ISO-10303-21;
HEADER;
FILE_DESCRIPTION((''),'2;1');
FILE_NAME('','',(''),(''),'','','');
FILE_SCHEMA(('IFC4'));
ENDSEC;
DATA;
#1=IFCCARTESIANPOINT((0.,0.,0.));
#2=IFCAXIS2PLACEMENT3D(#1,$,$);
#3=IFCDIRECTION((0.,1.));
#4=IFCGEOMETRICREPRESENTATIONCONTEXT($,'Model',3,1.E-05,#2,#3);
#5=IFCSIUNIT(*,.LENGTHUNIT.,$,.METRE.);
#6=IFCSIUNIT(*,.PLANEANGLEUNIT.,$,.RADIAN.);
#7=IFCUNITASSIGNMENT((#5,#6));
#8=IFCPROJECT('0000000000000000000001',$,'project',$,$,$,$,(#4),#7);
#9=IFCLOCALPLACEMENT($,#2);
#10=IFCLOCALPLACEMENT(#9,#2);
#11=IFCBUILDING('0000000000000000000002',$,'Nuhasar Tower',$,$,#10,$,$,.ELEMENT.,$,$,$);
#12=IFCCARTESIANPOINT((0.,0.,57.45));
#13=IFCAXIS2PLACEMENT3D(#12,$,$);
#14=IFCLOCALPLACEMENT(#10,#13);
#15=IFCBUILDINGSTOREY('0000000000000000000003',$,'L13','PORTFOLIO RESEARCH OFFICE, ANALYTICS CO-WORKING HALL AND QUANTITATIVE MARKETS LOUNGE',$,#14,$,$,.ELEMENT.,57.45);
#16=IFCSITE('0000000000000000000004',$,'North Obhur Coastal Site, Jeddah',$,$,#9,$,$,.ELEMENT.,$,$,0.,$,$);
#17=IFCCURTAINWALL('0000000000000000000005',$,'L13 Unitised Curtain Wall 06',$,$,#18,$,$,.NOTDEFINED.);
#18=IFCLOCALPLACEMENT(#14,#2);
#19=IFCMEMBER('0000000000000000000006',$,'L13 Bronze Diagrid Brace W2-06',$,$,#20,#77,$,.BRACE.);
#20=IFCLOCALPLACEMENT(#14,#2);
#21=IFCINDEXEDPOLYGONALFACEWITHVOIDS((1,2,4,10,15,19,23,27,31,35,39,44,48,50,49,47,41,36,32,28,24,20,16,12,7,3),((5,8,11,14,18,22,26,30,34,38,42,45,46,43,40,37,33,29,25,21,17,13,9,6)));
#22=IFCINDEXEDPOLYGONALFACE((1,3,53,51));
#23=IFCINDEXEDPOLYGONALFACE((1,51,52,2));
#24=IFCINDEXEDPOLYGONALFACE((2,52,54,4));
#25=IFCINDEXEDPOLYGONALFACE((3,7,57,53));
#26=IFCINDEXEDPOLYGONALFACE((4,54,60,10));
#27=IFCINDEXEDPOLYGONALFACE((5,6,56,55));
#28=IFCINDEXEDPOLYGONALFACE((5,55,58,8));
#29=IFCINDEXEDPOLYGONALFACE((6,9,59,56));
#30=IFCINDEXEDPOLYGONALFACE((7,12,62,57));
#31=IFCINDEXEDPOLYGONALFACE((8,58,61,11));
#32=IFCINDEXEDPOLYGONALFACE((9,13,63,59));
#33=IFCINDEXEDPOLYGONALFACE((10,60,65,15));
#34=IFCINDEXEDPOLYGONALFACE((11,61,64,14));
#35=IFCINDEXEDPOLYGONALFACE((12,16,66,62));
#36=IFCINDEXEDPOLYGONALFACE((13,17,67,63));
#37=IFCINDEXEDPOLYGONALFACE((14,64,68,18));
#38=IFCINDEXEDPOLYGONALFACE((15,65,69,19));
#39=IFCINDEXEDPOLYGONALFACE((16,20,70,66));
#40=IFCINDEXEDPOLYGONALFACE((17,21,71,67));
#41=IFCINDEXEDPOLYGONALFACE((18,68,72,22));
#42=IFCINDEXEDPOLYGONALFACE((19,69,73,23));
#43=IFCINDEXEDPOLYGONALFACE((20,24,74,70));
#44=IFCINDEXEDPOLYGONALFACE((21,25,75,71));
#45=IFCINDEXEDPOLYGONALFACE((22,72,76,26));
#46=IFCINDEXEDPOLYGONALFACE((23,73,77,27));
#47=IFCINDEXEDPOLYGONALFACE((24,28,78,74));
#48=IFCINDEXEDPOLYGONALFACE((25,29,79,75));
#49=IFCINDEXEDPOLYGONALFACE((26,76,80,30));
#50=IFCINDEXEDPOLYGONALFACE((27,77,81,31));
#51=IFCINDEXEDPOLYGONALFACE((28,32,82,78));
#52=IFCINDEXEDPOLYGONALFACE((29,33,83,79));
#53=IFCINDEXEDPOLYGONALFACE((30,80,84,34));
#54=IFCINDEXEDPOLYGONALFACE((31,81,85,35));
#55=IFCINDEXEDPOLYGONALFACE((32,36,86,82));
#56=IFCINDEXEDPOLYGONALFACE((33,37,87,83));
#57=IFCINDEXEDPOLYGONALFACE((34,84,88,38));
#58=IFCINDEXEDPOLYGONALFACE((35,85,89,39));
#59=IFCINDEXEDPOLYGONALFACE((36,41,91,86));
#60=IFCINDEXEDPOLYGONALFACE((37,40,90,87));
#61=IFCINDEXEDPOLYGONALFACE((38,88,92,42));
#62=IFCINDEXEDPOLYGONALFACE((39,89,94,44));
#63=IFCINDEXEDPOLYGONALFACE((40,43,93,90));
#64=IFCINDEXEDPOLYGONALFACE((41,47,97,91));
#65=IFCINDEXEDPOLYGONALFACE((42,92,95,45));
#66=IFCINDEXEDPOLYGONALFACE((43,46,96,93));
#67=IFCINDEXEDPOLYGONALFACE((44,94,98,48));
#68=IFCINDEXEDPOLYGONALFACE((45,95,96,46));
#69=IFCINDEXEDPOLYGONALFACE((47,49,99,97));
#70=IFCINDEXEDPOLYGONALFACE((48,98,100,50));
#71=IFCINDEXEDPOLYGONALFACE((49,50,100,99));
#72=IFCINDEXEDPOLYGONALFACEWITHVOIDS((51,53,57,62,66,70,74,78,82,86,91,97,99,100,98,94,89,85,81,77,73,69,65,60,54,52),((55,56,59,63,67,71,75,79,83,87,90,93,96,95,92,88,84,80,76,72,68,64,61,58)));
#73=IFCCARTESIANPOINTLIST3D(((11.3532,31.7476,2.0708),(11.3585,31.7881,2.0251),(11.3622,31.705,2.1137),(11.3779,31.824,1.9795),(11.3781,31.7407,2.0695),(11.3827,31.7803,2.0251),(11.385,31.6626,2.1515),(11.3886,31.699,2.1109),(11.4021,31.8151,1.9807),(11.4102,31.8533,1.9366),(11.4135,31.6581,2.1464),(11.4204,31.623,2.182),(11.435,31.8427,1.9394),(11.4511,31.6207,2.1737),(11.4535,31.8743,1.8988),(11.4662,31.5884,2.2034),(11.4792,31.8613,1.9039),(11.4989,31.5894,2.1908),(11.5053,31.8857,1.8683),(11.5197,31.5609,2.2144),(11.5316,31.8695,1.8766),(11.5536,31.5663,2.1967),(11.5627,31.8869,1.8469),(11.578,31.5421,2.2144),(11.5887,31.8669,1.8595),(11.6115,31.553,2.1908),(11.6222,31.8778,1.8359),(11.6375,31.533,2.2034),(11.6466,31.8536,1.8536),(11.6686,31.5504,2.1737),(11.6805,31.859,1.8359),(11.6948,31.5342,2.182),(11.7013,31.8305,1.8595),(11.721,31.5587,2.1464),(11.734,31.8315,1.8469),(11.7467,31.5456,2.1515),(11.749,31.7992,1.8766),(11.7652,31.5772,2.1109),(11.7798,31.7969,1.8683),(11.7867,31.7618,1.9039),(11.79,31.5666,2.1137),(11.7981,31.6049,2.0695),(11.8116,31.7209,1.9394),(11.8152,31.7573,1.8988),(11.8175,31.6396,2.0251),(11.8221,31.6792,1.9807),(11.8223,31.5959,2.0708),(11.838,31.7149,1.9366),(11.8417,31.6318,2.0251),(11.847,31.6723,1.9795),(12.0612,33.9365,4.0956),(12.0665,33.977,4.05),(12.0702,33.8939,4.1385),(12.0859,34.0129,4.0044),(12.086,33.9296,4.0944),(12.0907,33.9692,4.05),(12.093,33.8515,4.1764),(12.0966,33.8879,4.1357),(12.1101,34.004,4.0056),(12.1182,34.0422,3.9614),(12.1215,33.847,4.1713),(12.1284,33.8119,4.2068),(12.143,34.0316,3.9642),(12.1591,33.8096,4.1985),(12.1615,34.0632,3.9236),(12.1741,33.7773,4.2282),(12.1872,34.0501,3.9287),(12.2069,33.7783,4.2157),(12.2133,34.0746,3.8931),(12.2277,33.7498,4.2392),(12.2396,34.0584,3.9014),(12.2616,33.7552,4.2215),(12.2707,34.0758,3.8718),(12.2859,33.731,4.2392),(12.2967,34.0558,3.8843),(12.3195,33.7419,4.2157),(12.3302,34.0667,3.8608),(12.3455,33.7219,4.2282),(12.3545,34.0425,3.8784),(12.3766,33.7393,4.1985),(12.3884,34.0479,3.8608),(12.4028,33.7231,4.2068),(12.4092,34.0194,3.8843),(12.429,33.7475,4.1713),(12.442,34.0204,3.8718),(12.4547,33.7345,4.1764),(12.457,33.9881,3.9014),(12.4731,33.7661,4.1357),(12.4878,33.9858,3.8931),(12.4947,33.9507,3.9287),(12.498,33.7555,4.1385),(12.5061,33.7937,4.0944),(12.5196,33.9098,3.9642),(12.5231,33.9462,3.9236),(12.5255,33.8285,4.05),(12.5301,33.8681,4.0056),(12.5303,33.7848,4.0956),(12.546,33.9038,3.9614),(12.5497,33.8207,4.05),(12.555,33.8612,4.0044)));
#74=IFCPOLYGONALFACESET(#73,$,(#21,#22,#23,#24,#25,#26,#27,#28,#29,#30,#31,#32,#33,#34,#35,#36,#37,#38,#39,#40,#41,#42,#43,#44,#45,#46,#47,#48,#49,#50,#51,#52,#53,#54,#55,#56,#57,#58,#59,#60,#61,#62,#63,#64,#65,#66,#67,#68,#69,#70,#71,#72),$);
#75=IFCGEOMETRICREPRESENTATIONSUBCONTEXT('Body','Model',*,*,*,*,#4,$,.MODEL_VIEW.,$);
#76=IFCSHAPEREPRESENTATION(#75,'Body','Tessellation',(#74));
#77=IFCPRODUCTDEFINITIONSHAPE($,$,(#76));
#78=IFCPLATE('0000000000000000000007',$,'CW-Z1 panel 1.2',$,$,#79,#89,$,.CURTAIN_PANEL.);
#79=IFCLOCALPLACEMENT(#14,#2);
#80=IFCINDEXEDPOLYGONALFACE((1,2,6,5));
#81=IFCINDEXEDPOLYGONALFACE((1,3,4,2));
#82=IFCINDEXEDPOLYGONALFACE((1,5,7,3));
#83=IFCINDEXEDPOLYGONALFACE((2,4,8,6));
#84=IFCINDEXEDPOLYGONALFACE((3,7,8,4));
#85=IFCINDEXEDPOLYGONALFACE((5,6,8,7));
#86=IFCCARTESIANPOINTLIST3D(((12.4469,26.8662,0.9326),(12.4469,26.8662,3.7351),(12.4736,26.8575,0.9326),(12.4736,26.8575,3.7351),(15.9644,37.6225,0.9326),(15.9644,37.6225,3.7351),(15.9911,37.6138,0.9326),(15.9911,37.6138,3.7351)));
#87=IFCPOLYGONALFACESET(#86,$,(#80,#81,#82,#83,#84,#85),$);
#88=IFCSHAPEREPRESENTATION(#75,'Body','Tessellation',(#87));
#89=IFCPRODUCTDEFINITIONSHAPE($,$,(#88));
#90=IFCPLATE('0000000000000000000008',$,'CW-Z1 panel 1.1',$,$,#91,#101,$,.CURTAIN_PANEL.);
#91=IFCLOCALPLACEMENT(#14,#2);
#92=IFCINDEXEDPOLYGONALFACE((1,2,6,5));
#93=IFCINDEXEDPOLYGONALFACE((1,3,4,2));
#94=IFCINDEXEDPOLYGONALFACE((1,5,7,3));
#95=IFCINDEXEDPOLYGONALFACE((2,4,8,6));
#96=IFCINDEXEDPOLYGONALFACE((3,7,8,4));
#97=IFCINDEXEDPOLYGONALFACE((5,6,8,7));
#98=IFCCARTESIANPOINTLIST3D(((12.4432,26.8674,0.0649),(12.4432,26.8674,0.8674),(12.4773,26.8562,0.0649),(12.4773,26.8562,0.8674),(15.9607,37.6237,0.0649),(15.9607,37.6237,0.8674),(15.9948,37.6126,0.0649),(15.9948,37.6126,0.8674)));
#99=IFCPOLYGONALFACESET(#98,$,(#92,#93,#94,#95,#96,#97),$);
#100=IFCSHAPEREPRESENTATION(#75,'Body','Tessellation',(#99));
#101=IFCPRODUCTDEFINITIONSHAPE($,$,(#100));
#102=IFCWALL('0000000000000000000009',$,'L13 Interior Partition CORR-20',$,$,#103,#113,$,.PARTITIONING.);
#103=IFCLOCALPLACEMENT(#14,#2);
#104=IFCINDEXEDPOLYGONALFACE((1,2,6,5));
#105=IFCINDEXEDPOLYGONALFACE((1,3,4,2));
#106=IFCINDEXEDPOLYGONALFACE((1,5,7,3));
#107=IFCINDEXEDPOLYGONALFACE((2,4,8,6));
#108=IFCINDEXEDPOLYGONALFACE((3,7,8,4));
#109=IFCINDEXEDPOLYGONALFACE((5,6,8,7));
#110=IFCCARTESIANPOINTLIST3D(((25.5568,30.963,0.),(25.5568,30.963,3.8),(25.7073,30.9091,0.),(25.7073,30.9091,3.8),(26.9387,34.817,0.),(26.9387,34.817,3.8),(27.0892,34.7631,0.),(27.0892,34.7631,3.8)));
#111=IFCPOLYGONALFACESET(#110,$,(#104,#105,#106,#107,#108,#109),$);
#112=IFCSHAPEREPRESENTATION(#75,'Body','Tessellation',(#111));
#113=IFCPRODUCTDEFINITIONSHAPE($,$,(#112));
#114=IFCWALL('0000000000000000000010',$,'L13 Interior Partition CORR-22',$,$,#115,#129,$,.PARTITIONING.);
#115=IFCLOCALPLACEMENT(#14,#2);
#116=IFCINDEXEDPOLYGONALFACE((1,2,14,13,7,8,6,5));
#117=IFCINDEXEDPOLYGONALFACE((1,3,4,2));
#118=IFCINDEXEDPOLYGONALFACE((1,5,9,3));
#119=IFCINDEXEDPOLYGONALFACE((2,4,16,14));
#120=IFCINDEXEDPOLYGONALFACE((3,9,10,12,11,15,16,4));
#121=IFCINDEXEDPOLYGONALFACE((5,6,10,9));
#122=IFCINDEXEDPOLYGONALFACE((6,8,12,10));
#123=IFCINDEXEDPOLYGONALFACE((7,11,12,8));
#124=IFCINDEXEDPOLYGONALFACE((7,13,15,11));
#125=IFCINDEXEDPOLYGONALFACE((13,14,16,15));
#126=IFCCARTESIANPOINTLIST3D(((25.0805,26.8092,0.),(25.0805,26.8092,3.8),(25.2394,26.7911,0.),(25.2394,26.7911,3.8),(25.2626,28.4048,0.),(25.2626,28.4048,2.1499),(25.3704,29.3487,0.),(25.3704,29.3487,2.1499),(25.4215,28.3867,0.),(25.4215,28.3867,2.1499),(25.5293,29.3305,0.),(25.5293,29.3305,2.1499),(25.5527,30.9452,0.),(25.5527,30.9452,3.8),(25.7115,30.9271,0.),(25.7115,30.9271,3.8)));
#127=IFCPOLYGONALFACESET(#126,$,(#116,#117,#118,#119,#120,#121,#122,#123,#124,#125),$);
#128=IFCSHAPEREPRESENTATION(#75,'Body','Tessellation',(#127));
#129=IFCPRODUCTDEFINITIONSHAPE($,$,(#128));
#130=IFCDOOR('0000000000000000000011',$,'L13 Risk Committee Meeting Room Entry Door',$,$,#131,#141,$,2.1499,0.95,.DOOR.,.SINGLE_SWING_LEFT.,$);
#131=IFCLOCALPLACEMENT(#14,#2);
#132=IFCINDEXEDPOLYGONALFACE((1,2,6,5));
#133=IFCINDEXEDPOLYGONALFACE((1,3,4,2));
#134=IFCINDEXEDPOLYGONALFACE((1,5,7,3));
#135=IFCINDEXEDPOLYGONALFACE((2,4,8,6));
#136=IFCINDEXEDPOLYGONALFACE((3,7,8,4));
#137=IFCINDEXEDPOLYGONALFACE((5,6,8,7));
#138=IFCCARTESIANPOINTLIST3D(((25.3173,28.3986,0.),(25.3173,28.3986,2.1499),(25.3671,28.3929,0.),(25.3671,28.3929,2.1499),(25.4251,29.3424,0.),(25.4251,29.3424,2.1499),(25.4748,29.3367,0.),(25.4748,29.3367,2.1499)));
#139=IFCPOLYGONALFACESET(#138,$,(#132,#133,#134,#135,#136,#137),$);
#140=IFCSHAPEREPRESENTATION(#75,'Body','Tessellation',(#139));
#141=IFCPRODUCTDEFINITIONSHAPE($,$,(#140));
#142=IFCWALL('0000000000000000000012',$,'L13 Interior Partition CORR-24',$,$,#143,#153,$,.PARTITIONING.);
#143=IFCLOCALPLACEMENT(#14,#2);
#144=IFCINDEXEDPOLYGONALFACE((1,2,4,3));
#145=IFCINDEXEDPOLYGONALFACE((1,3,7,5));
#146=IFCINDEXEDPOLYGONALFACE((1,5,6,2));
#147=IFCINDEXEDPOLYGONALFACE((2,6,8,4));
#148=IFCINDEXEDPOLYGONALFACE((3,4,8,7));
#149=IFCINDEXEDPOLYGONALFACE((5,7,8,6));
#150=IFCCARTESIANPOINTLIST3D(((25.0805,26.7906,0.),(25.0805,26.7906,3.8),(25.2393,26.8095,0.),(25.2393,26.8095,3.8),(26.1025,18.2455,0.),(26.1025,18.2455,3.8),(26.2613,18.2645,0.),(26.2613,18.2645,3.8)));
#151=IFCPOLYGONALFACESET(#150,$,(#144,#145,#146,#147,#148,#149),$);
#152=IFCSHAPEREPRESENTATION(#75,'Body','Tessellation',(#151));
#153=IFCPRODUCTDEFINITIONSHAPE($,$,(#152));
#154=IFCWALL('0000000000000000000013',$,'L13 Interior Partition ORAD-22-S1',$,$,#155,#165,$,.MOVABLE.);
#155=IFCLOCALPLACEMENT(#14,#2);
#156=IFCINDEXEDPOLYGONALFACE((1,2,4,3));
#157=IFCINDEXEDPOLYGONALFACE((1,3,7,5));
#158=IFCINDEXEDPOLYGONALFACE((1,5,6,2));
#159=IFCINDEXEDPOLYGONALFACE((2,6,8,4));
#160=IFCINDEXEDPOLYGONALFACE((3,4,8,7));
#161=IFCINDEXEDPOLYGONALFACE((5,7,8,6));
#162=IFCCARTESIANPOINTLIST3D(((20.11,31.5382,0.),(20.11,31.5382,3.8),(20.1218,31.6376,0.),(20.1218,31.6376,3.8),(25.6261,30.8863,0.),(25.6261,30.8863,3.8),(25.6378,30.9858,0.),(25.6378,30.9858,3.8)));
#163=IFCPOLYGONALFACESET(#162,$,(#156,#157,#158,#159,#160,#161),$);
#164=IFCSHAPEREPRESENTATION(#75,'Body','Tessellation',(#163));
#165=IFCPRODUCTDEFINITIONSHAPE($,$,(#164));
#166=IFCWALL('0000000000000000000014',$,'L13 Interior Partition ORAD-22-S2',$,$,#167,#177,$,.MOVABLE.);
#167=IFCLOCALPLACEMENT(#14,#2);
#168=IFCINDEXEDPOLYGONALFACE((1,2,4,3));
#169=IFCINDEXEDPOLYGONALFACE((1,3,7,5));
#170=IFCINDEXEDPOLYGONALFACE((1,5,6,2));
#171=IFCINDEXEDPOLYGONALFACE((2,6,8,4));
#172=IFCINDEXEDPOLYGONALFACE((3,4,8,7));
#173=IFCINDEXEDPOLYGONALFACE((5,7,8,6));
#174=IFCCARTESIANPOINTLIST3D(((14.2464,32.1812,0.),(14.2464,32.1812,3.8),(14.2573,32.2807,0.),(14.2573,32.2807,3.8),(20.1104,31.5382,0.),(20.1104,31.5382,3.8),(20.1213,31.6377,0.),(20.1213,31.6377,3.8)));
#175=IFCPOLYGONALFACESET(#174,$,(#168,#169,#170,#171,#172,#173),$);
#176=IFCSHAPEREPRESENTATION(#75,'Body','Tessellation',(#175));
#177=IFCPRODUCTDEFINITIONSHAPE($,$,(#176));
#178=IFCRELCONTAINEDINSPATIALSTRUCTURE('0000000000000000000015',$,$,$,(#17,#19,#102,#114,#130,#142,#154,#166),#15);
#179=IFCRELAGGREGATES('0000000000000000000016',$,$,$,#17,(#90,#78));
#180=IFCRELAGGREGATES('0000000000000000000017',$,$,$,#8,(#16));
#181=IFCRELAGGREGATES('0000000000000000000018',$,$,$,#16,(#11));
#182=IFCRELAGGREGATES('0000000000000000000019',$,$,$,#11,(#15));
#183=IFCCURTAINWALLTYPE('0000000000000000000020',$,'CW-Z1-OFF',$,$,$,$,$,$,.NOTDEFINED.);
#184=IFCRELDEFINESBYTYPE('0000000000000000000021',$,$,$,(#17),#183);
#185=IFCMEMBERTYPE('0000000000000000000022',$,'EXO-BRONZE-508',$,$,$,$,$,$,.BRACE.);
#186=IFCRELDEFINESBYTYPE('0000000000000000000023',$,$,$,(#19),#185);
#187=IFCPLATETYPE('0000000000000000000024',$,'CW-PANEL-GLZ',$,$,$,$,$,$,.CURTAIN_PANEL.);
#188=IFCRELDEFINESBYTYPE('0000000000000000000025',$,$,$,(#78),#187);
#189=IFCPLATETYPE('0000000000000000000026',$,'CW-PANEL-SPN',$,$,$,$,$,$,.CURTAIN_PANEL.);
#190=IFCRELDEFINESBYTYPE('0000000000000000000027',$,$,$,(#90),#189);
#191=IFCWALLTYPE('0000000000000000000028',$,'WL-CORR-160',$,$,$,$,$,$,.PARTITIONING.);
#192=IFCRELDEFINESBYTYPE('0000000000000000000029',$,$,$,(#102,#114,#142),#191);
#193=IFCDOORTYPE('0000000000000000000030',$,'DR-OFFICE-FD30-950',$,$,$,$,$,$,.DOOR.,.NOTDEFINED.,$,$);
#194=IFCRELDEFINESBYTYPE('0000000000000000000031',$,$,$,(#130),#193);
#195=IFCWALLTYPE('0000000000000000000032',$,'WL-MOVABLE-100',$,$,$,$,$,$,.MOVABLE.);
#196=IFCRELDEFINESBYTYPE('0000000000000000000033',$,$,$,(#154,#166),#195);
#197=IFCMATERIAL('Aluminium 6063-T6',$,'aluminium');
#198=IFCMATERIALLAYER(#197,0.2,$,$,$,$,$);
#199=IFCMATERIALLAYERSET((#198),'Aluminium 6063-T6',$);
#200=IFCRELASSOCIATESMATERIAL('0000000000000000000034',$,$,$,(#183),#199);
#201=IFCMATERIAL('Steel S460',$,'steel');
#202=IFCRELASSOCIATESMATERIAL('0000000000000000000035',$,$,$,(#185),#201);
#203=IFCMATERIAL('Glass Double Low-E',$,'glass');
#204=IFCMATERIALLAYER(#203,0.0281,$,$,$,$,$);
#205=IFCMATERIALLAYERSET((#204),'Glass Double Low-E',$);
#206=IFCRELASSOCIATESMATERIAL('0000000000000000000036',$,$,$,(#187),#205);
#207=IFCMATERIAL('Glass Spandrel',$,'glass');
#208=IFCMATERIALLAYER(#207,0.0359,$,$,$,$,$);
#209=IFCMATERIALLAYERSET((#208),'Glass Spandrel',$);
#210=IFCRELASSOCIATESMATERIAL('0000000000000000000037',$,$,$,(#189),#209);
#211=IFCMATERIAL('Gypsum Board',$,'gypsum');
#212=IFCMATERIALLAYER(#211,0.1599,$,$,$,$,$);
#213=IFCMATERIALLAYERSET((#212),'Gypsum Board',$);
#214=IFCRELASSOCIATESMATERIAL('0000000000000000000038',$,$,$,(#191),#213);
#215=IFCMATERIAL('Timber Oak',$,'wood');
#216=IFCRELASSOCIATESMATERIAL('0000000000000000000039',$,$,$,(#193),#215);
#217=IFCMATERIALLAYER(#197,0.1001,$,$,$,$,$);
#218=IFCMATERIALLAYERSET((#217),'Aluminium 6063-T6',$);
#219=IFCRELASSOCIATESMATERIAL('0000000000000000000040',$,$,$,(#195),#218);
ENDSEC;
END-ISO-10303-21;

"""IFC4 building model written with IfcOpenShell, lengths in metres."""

from ifc_helpers import new_model, si_unit, direction, frame, frame_2d, origin, origin_2d, place, context, subcontext, project, spatial, rectangle, hollow_circle, extrude, material, layer, layer_set, material_profile, profile_set, type_object, element, fill, aggregate, save


model = new_model("IFC4")

# Units and contexts
model_context = context("Model", 3, precision=1e-05, world=origin(), true_north=direction((0.0, 1.0)))
body_context = subcontext(model_context, "Body", "Model", "MODEL_VIEW")
ifc_project = project(units=[si_unit("LENGTHUNIT", "METRE"), si_unit("PLANEANGLEUNIT", "RADIAN")], contexts=[model_context])

# Site, building, storey
site_placement = place(None, origin())
site = spatial("IfcSite", under=ifc_project, at=site_placement, Name="North Obhur Coastal Site, Jeddah", CompositionType="ELEMENT", RefElevation=0.0)
building_placement = place(site_placement, origin())
building = spatial("IfcBuilding", under=site, at=building_placement, Name="Nuhasar Tower", CompositionType="ELEMENT")
storey_placement = place(building_placement, frame((0.0, 0.0, 57.45)))
storey = spatial("IfcBuildingStorey", under=building, at=storey_placement, Name="L13", Description="PORTFOLIO RESEARCH OFFICE, ANALYTICS CO-WORKING HALL AND QUANTITATIVE MARKETS LOUNGE", CompositionType="ELEMENT", Elevation=57.45)

# Curtain wall
ifc_material_1 = material(Name="Aluminium 6063-T6", Category="aluminium")
ifc_layer_1 = layer(ifc_material_1, 0.2)
ifc_layer_set_1 = layer_set([ifc_layer_1], Name="Aluminium 6063-T6")
curtain_wall_type = type_object("IfcCurtainWallType", Name="CW-Z1-OFF", PredefinedType="NOTDEFINED", material=ifc_layer_set_1)
curtain_wall_1_placement = place(storey_placement, origin())
curtain_wall_1 = element("IfcCurtainWall", 1, at=curtain_wall_1_placement, inside=storey, type_object=curtain_wall_type, Name="L13 Unitised Curtain Wall 06", PredefinedType="NOTDEFINED")

# Member
ifc_material_2 = material(Name="Steel S460", Category="steel")
ifc_material_profile_1 = material_profile(ifc_material_2, hollow_circle(Radius=0.2539, WallThickness=0.0254, at=origin_2d()), Name="HSS508X25.4")
ifc_profile_set_1 = profile_set([ifc_material_profile_1], Name="Steel S460")
member_type_1 = type_object("IfcMemberType", Name="EXO-BRONZE-508", PredefinedType="BRACE", material=ifc_profile_set_1)
member_1_placement = place(storey_placement, frame((11.6001, 31.71, 2.0251), z_axis=(0.231012, 0.714225, 0.660694), x_axis=(-0.951468, 0.307747, 0.0)))
element("IfcMember", 2, at=member_1_placement, inside=storey, type_object=member_type_1, Name="L13 Bronze Diagrid Brace W2-06", PredefinedType="BRACE", context=body_context, shape_type="SweptSolid", body=[
    extrude(hollow_circle(Radius=0.2539, WallThickness=0.0254, at=origin_2d()), origin(), (0.0, 0.0, 1.0), 3.0647),
])

# Plates
ifc_material_3 = material(Name="Glass Double Low-E", Category="glass")
ifc_layer_2 = layer(ifc_material_3, 0.0281)
ifc_layer_set_2 = layer_set([ifc_layer_2], Name="Glass Double Low-E")
plate_type_1 = type_object("IfcPlateType", Name="CW-PANEL-GLZ", PredefinedType="CURTAIN_PANEL", material=ifc_layer_set_2)
plate_1_placement = place(storey_placement, frame((14.219, 32.24, 0.9326), z_axis=(0.0, 0.0, 1.0), x_axis=(-0.310824, -0.950468, 0.0)))
plate_1 = element("IfcPlate", 3, at=plate_1_placement, type_object=plate_type_1, Name="CW-Z1 panel 1.2", PredefinedType="CURTAIN_PANEL", context=body_context, shape_type="SweptSolid", body=[
    extrude(rectangle(XDim=11.3169, YDim=0.0281, at=origin_2d()), origin(), (0.0, 0.0, 1.0), 2.8025),
])
ifc_material_4 = material(Name="Glass Spandrel", Category="glass")
ifc_layer_3 = layer(ifc_material_4, 0.0359)
ifc_layer_set_3 = layer_set([ifc_layer_3], Name="Glass Spandrel")
plate_type_2 = type_object("IfcPlateType", Name="CW-PANEL-SPN", PredefinedType="CURTAIN_PANEL", material=ifc_layer_set_3)
plate_2_placement = place(storey_placement, frame((14.219, 32.24, 0.0649), z_axis=(0.0, 0.0, 1.0), x_axis=(-0.310824, -0.950468, 0.0)))
plate_2 = element("IfcPlate", 4, at=plate_2_placement, type_object=plate_type_2, Name="CW-Z1 panel 1.1", PredefinedType="CURTAIN_PANEL", context=body_context, shape_type="SweptSolid", body=[
    extrude(rectangle(XDim=11.3169, YDim=0.0359, at=origin_2d()), origin(), (0.0, 0.0, 1.0), 0.8025),
])
aggregate(curtain_wall_1, [plate_2, plate_1])

# Wall
ifc_material_5 = material(Name="Gypsum Board", Category="gypsum")
ifc_layer_4 = layer(ifc_material_5, 0.1599)
ifc_layer_set_4 = layer_set([ifc_layer_4], Name="Gypsum Board")
wall_type_1 = type_object("IfcWallType", Name="WL-CORR-160", PredefinedType="PARTITIONING", material=ifc_layer_set_4)
wall_1_placement = place(storey_placement, frame((27.0139, 34.79, 0.0), z_axis=(0.0, 0.0, 1.0), x_axis=(-0.337507, -0.941323, 0.0)))
element("IfcWall", 5, at=wall_1_placement, inside=storey, type_object=wall_type_1, Name="L13 Interior Partition CORR-20", PredefinedType="PARTITIONING", context=body_context, shape_type="SweptSolid", body=[
    extrude(rectangle(XDim=4.0942, YDim=0.1599, at=frame_2d((2.0471, 0.0))), origin(), (0.0, 0.0, 1.0), 3.8),
])

# Wall, opening, door
wall_2_placement = place(storey_placement, frame((25.1599, 26.8, 0.0), z_axis=(0.0, 0.0, 1.0), x_axis=(0.113424, 0.993547, 0.0)))
wall_2 = element("IfcWall", 6, at=wall_2_placement, inside=storey, type_object=wall_type_1, Name="L13 Interior Partition CORR-22", PredefinedType="PARTITIONING", context=body_context, shape_type="SweptSolid", body=[
    extrude(rectangle(XDim=4.1628, YDim=0.1599, at=frame_2d((2.0815, 0.0))), origin(), (0.0, 0.0, 1.0), 3.8),
])
opening_placement = place(wall_2_placement, frame((1.606, 0.0, 0.0)))
opening = element("IfcOpeningElement", 7, at=opening_placement, cuts=wall_2, PredefinedType="OPENING", context=body_context, shape_type="SweptSolid", body=[
    extrude(rectangle(XDim=0.95, YDim=2.1499, at=frame_2d((0.4751, 1.075))), frame((0.0, 0.0898, 0.0), z_axis=(0.0, -1.0, 0.0), x_axis=(1.0, 0.0, 0.0)), (0.0, 0.0, 1.0), 0.1799),
])
ifc_material_6 = material(Name="Timber Oak", Category="wood")
door_type = type_object("IfcDoorType", Name="DR-OFFICE-FD30-950", OperationType="NOTDEFINED", PredefinedType="DOOR", material=ifc_material_6)
door_placement = place(opening_placement, origin())
door = element("IfcDoor", 8, at=door_placement, inside=storey, type_object=door_type, Name="L13 Risk Committee Meeting Room Entry Door", OperationType="SINGLE_SWING_LEFT", OverallHeight=2.1499, OverallWidth=0.95, PredefinedType="DOOR", context=body_context, shape_type="SweptSolid", body=[
    extrude(rectangle(XDim=0.95, YDim=2.1499, at=frame_2d((0.4751, 1.075))), frame((0.0, 0.0249, 0.0), z_axis=(0.0, -1.0, 0.0), x_axis=(1.0, 0.0, 0.0)), (0.0, 0.0, 1.0), 0.05),
])
fill(opening, door)

# Walls
wall_3_placement = place(storey_placement, frame((25.1599, 26.8, 0.0), z_axis=(0.0, 0.0, 1.0), x_axis=(0.11875, -0.992924, 0.0)))
element("IfcWall", 9, at=wall_3_placement, inside=storey, type_object=wall_type_1, Name="L13 Interior Partition CORR-24", PredefinedType="PARTITIONING", context=body_context, shape_type="SweptSolid", body=[
    extrude(rectangle(XDim=8.606, YDim=0.1599, at=frame_2d((4.303, 0.0))), origin(), (0.0, 0.0, 1.0), 3.8),
])
ifc_layer_5 = layer(ifc_material_1, 0.1001)
ifc_layer_set_5 = layer_set([ifc_layer_5], Name="Aluminium 6063-T6")
wall_type_2 = type_object("IfcWallType", Name="WL-MOVABLE-100", PredefinedType="MOVABLE", material=ifc_layer_set_5)
wall_4_placement = place(storey_placement, frame((25.6321, 30.936, 0.0), z_axis=(0.0, 0.0, 1.0), x_axis=(-0.99309, 0.117356, 0.0)))
element("IfcWall", 10, at=wall_4_placement, inside=storey, type_object=wall_type_2, Name="L13 Interior Partition ORAD-22-S1", PredefinedType="MOVABLE", context=body_context, shape_type="SweptSolid", body=[
    extrude(rectangle(XDim=5.5544, YDim=0.1001, at=frame_2d((2.7773, 0.0))), origin(), (0.0, 0.0, 1.0), 3.8),
])
wall_5_placement = place(storey_placement, frame((20.116, 31.5879, 0.0), z_axis=(0.0, 0.0, 1.0), x_axis=(-0.994041, 0.10901, 0.0)))
element("IfcWall", 11, at=wall_5_placement, inside=storey, type_object=wall_type_2, Name="L13 Interior Partition ORAD-22-S2", PredefinedType="MOVABLE", context=body_context, shape_type="SweptSolid", body=[
    extrude(rectangle(XDim=5.8992, YDim=0.1001, at=frame_2d((2.9497, 0.0))), origin(), (0.0, 0.0, 1.0), 3.8),
])

save(model, "model.ifc")
